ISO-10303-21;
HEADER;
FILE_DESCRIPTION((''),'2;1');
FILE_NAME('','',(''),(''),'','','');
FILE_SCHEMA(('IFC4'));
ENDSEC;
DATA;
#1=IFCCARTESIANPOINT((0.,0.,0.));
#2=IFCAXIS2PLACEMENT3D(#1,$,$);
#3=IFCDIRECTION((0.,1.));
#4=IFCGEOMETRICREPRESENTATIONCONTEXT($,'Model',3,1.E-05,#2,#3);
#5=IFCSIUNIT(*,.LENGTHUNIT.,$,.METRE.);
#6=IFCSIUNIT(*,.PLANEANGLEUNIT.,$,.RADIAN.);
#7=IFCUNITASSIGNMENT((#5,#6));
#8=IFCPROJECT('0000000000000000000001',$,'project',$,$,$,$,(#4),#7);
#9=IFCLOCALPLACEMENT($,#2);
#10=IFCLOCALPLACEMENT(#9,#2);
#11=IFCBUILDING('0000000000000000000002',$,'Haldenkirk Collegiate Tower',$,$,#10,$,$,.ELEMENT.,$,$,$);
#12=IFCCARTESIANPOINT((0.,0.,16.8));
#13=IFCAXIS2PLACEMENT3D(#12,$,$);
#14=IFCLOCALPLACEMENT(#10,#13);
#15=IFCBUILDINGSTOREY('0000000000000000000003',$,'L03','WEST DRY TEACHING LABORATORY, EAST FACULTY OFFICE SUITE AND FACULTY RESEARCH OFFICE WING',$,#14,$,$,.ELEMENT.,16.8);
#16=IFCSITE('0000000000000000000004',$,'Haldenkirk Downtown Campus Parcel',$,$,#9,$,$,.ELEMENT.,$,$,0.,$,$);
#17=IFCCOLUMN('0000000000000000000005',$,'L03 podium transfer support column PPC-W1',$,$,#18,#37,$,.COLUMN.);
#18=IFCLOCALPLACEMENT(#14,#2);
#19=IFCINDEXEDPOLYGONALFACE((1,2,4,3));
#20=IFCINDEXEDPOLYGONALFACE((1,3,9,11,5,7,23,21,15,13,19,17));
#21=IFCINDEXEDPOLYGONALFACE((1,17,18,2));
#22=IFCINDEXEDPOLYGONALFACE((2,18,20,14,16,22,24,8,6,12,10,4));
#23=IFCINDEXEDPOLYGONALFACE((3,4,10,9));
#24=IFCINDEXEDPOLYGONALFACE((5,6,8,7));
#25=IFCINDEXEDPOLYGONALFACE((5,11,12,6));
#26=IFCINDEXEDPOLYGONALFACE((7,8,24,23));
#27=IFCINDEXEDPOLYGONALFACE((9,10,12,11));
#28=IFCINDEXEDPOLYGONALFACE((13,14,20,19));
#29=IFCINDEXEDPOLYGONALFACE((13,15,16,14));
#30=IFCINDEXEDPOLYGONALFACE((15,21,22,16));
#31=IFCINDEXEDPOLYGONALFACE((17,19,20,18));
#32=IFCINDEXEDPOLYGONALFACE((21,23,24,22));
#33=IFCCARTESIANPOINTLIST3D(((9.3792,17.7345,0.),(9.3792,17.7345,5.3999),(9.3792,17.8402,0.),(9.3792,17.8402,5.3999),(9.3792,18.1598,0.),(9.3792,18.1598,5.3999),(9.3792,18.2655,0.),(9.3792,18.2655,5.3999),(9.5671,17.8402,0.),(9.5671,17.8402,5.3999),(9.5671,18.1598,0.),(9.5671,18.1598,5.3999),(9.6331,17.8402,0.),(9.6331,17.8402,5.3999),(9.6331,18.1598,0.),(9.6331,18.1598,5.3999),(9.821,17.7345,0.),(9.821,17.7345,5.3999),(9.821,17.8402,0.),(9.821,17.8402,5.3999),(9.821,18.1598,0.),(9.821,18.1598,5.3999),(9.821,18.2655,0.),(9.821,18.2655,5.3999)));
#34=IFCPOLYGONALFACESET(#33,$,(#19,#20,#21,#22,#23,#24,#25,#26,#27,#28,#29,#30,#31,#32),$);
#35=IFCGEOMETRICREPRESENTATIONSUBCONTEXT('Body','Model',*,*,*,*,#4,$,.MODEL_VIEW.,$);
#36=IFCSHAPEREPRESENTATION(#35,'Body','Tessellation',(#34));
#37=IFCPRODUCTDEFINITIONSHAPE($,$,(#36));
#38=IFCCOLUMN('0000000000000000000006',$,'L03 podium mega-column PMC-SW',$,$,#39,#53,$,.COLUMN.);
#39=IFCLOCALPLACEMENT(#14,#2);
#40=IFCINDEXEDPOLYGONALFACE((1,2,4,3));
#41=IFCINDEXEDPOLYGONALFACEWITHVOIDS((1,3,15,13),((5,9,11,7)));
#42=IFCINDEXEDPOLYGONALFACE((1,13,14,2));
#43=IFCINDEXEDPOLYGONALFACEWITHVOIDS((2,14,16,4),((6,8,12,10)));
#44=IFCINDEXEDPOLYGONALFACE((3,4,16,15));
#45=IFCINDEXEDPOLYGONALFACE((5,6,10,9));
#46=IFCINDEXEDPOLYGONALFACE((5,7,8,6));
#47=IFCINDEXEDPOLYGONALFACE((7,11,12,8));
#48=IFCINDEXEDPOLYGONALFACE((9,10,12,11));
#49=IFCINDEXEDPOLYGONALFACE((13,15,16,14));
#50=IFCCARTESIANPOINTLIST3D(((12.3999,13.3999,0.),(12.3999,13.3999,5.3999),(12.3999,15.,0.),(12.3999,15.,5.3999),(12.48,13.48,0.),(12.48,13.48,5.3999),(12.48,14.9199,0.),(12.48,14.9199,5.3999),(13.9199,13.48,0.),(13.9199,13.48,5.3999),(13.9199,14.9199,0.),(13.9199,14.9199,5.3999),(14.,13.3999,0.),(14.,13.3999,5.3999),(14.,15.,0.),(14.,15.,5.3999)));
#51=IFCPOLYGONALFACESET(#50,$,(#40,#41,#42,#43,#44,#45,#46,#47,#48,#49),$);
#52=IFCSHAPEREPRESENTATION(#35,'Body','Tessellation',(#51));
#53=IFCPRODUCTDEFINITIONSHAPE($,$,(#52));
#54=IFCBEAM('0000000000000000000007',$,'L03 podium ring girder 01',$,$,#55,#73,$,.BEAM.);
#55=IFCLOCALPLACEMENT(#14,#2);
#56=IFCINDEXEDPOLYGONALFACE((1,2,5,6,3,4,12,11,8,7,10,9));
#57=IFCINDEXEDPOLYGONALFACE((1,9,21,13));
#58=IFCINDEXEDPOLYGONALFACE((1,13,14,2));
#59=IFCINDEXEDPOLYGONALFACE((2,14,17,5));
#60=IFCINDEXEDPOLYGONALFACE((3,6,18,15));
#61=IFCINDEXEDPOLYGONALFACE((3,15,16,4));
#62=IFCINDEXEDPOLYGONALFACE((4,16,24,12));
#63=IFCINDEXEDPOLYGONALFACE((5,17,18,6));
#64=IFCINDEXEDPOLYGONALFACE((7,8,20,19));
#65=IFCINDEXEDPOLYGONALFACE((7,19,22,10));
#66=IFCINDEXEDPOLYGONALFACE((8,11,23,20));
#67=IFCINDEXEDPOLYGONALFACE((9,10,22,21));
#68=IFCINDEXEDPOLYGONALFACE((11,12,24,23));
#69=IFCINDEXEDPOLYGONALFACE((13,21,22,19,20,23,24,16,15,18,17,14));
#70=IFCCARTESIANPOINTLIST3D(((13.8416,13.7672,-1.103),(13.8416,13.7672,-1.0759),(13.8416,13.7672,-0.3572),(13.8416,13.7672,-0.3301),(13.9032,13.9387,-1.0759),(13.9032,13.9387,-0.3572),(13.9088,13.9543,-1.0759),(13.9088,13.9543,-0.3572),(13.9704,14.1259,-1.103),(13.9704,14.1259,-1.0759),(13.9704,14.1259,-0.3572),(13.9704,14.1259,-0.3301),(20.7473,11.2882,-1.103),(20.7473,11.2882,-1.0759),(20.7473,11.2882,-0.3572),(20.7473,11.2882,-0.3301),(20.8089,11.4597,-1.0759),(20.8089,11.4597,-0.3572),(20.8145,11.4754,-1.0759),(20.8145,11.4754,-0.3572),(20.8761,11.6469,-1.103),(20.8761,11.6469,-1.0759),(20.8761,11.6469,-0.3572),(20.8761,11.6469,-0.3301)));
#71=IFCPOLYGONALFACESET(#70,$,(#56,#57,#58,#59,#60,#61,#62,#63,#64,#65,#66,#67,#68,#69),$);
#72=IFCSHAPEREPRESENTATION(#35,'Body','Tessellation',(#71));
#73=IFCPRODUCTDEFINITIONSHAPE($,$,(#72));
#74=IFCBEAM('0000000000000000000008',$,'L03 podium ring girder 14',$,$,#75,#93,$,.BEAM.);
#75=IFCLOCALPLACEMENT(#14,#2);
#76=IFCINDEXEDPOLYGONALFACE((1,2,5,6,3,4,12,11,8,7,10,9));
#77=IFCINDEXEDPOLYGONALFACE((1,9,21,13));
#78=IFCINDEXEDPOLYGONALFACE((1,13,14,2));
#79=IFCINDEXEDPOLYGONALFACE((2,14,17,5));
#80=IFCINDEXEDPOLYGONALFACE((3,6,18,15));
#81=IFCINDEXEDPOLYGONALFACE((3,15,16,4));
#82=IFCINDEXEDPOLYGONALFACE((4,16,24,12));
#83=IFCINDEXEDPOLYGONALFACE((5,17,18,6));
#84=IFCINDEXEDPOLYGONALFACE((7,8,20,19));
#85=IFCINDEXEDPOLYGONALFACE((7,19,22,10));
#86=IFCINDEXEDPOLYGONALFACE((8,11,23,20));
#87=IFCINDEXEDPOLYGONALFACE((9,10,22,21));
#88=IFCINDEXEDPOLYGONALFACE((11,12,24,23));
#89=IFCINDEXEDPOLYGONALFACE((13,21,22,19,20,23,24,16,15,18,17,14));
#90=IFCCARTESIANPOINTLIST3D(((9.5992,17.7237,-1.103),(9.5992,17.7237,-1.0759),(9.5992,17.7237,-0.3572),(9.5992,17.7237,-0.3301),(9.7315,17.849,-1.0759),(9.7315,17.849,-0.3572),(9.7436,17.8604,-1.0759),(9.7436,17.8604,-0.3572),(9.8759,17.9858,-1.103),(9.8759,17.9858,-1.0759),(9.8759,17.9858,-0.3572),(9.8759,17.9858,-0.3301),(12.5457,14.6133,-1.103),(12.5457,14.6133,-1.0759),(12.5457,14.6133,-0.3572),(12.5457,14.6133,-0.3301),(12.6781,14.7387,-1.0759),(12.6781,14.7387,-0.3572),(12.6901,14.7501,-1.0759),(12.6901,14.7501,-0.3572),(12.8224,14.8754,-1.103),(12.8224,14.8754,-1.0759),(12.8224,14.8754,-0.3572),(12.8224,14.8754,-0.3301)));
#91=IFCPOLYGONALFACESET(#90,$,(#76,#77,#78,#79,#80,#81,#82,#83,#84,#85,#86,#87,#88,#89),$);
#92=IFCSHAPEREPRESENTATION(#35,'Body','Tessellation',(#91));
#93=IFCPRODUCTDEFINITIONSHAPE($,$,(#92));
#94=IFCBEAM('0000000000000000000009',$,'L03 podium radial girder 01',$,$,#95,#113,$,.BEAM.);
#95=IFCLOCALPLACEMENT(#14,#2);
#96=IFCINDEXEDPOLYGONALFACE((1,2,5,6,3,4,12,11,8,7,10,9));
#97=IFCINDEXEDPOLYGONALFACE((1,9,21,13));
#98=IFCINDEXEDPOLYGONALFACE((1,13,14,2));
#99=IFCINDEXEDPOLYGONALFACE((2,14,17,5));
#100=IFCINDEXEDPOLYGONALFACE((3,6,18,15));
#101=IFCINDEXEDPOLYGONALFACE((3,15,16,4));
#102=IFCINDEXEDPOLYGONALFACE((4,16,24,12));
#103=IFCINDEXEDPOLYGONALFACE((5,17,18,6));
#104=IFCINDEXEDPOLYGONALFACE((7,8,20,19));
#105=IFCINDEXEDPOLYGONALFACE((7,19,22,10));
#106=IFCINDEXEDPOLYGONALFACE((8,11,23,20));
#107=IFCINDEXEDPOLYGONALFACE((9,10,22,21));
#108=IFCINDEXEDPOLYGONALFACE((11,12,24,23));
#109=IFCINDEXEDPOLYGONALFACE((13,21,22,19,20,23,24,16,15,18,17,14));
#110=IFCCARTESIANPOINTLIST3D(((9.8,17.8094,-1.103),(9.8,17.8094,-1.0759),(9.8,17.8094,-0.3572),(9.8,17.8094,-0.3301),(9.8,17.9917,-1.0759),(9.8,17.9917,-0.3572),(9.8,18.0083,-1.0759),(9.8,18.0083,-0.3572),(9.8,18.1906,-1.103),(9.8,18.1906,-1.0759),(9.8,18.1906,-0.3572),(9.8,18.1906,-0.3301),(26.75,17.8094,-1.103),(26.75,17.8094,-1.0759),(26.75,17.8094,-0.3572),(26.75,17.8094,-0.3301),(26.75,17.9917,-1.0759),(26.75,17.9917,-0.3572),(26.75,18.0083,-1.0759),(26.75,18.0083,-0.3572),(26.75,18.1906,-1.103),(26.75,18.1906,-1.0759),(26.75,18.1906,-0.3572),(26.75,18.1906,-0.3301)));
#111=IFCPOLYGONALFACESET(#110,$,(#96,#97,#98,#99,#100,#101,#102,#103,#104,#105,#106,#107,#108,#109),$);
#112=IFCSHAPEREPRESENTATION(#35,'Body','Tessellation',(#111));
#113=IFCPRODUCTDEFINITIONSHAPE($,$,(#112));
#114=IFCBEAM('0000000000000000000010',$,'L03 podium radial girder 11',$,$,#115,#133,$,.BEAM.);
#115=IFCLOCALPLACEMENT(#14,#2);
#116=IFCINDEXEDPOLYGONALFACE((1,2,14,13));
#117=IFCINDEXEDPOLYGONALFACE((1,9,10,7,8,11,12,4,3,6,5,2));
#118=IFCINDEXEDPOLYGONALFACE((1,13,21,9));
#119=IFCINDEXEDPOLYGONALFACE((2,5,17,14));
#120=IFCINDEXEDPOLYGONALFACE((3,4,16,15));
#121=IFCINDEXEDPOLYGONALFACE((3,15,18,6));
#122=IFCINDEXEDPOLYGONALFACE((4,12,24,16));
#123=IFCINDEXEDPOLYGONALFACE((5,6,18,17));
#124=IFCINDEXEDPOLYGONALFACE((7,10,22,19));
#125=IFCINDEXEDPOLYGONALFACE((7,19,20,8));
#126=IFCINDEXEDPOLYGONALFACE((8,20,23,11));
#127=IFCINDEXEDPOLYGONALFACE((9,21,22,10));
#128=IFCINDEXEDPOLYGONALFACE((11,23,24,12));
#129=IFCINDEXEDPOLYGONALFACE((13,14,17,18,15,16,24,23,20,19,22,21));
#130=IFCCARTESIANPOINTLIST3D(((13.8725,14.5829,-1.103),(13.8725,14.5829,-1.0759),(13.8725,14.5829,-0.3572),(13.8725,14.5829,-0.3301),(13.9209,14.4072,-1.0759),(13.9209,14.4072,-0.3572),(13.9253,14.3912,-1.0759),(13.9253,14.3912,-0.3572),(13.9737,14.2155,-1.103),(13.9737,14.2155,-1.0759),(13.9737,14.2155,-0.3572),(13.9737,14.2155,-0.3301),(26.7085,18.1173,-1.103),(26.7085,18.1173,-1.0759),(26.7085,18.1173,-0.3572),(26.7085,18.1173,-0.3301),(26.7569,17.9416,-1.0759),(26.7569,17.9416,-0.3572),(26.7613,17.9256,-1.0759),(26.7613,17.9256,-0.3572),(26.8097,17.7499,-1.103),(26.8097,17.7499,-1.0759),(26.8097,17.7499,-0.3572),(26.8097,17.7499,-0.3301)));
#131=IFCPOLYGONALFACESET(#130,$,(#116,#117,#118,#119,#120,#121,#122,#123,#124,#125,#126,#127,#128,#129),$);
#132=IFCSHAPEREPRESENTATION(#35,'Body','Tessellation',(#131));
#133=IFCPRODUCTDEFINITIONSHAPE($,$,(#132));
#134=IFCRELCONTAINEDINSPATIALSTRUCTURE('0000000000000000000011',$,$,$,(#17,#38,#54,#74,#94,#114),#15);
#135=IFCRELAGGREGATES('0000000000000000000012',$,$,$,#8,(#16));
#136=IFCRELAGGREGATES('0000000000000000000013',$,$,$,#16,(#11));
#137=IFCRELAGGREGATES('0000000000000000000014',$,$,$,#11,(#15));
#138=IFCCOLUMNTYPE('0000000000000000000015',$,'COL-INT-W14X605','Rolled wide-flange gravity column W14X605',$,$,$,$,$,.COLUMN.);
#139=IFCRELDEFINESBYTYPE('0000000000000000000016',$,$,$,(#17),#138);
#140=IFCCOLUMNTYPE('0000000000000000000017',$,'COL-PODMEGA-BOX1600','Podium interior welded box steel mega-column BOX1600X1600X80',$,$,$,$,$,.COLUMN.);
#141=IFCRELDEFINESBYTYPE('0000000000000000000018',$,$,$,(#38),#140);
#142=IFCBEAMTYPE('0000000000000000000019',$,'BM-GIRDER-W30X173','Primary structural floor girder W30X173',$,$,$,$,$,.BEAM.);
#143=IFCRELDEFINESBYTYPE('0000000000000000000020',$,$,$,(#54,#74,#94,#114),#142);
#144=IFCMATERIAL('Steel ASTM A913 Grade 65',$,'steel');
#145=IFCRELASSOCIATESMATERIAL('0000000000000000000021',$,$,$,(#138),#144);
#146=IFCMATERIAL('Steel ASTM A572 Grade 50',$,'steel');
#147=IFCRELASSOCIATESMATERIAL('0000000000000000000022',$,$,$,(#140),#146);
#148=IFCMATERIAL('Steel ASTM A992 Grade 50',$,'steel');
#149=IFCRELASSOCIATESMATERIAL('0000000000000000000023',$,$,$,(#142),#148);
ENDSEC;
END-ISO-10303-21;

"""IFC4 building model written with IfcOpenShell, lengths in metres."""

from ifc_helpers import new_model, si_unit, direction, frame, origin, origin_2d, place, context, subcontext, project, spatial, hollow_rectangle, i_section, extrude, material, material_profile, profile_set, type_object, element, save


model = new_model("IFC4")

# Units and contexts
model_context = context("Model", 3, precision=1e-05, world=origin(), true_north=direction((0.0, 1.0)))
body_context = subcontext(model_context, "Body", "Model", "MODEL_VIEW")
ifc_project = project(units=[si_unit("LENGTHUNIT", "METRE"), si_unit("PLANEANGLEUNIT", "RADIAN")], contexts=[model_context])

# Site, building, storey
site_placement = place(None, origin())
site = spatial("IfcSite", under=ifc_project, at=site_placement, Name="Haldenkirk Downtown Campus Parcel", CompositionType="ELEMENT", RefElevation=0.0)
building_placement = place(site_placement, origin())
building = spatial("IfcBuilding", under=site, at=building_placement, Name="Haldenkirk Collegiate Tower", CompositionType="ELEMENT")
storey_placement = place(building_placement, frame((0.0, 0.0, 16.8)))
storey = spatial("IfcBuildingStorey", under=building, at=storey_placement, Name="L03", Description="WEST DRY TEACHING LABORATORY, EAST FACULTY OFFICE SUITE AND FACULTY RESEARCH OFFICE WING", CompositionType="ELEMENT", Elevation=16.8)

# Columns
ifc_material_1 = material(Name="Steel ASTM A913 Grade 65", Category="steel")
ifc_material_profile_1 = material_profile(ifc_material_1, i_section(OverallWidth=0.4419, OverallDepth=0.531, WebThickness=0.0659, FlangeThickness=0.1057, at=origin_2d()), Name="W14X605")
ifc_profile_set_1 = profile_set([ifc_material_profile_1], Name="Steel ASTM A913 Grade 65")
column_type_1 = type_object("IfcColumnType", Name="COL-INT-W14X605", Description="Rolled wide-flange gravity column W14X605", PredefinedType="COLUMN", material=ifc_profile_set_1)
column_1_placement = place(storey_placement, frame((9.6001, 18.0, 0.0), z_axis=(0.0, 0.0, 1.0), x_axis=(1.0, 0.0, 0.0)))
element("IfcColumn", 1, at=column_1_placement, inside=storey, type_object=column_type_1, Name="L03 podium transfer support column PPC-W1", PredefinedType="COLUMN", context=body_context, shape_type="SweptSolid", body=[
    extrude(i_section(OverallWidth=0.4419, OverallDepth=0.531, WebThickness=0.0659, FlangeThickness=0.1057, at=origin_2d()), origin(), (0.0, 0.0, 1.0), 5.3999),
])
ifc_material_2 = material(Name="Steel ASTM A572 Grade 50", Category="steel")
ifc_material_profile_2 = material_profile(ifc_material_2, hollow_rectangle(XDim=1.6001, YDim=1.6001, WallThickness=0.0801, at=origin_2d()), Name="BOX1600X1600X80")
ifc_profile_set_2 = profile_set([ifc_material_profile_2], Name="Steel ASTM A572 Grade 50")
column_type_2 = type_object("IfcColumnType", Name="COL-PODMEGA-BOX1600", Description="Podium interior welded box steel mega-column BOX1600X1600X80", PredefinedType="COLUMN", material=ifc_profile_set_2)
column_2_placement = place(storey_placement, frame((13.2, 14.2, 0.0), z_axis=(0.0, 0.0, 1.0), x_axis=(1.0, 0.0, 0.0)))
element("IfcColumn", 2, at=column_2_placement, inside=storey, type_object=column_type_2, Name="L03 podium mega-column PMC-SW", PredefinedType="COLUMN", context=body_context, shape_type="SweptSolid", body=[
    extrude(hollow_rectangle(XDim=1.6001, YDim=1.6001, WallThickness=0.0801, at=origin_2d()), origin(), (0.0, 0.0, 1.0), 5.3999),
])

# Beams
ifc_material_3 = material(Name="Steel ASTM A992 Grade 50", Category="steel")
ifc_material_profile_3 = material_profile(ifc_material_3, i_section(OverallWidth=0.3811, OverallDepth=0.7729, WebThickness=0.0166, FlangeThickness=0.0271, at=origin_2d()), Name="W30X173")
ifc_profile_set_3 = profile_set([ifc_material_profile_3], Name="Steel ASTM A992 Grade 50")
beam_type = type_object("IfcBeamType", Name="BM-GIRDER-W30X173", Description="Primary structural floor girder W30X173", PredefinedType="BEAM", material=ifc_profile_set_3)
beam_1_placement = place(storey_placement, frame((13.906, 13.9465, -0.7166), z_axis=(0.941194, -0.337866, 0.0), x_axis=(0.337866, 0.941194, 0.0)))
element("IfcBeam", 3, at=beam_1_placement, inside=storey, type_object=beam_type, Name="L03 podium ring girder 01", PredefinedType="BEAM", context=body_context, shape_type="SweptSolid", body=[
    extrude(i_section(OverallWidth=0.3811, OverallDepth=0.7729, WebThickness=0.0166, FlangeThickness=0.0271, at=origin_2d()), origin(), (0.0, 0.0, 1.0), 7.3372),
])
beam_2_placement = place(storey_placement, frame((9.7375, 17.8547, -0.7166), z_axis=(0.68773, -0.725966, 0.0), x_axis=(0.725966, 0.68773, 0.0)))
element("IfcBeam", 4, at=beam_2_placement, inside=storey, type_object=beam_type, Name="L03 podium ring girder 14", PredefinedType="BEAM", context=body_context, shape_type="SweptSolid", body=[
    extrude(i_section(OverallWidth=0.3811, OverallDepth=0.7729, WebThickness=0.0166, FlangeThickness=0.0271, at=origin_2d()), origin(), (0.0, 0.0, 1.0), 4.2844),
])
beam_3_placement = place(storey_placement, frame((9.8, 18.0, -0.7166), z_axis=(1.0, 0.0, 0.0), x_axis=(0.0, 1.0, 0.0)))
element("IfcBeam", 5, at=beam_3_placement, inside=storey, type_object=beam_type, Name="L03 podium radial girder 01", PredefinedType="BEAM", context=body_context, shape_type="SweptSolid", body=[
    extrude(i_section(OverallWidth=0.3811, OverallDepth=0.7729, WebThickness=0.0166, FlangeThickness=0.0271, at=origin_2d()), origin(), (0.0, 0.0, 1.0), 16.95),
])
beam_4_placement = place(storey_placement, frame((13.9231, 14.3992, -0.7166), z_axis=(0.964118, 0.265474, 0.0), x_axis=(-0.265474, 0.964118, 0.0)))
element("IfcBeam", 6, at=beam_4_placement, inside=storey, type_object=beam_type, Name="L03 podium radial girder 11", PredefinedType="BEAM", context=body_context, shape_type="SweptSolid", body=[
    extrude(i_section(OverallWidth=0.3811, OverallDepth=0.7729, WebThickness=0.0166, FlangeThickness=0.0271, at=origin_2d()), origin(), (0.0, 0.0, 1.0), 13.3137),
])

save(model, "model.ifc")
